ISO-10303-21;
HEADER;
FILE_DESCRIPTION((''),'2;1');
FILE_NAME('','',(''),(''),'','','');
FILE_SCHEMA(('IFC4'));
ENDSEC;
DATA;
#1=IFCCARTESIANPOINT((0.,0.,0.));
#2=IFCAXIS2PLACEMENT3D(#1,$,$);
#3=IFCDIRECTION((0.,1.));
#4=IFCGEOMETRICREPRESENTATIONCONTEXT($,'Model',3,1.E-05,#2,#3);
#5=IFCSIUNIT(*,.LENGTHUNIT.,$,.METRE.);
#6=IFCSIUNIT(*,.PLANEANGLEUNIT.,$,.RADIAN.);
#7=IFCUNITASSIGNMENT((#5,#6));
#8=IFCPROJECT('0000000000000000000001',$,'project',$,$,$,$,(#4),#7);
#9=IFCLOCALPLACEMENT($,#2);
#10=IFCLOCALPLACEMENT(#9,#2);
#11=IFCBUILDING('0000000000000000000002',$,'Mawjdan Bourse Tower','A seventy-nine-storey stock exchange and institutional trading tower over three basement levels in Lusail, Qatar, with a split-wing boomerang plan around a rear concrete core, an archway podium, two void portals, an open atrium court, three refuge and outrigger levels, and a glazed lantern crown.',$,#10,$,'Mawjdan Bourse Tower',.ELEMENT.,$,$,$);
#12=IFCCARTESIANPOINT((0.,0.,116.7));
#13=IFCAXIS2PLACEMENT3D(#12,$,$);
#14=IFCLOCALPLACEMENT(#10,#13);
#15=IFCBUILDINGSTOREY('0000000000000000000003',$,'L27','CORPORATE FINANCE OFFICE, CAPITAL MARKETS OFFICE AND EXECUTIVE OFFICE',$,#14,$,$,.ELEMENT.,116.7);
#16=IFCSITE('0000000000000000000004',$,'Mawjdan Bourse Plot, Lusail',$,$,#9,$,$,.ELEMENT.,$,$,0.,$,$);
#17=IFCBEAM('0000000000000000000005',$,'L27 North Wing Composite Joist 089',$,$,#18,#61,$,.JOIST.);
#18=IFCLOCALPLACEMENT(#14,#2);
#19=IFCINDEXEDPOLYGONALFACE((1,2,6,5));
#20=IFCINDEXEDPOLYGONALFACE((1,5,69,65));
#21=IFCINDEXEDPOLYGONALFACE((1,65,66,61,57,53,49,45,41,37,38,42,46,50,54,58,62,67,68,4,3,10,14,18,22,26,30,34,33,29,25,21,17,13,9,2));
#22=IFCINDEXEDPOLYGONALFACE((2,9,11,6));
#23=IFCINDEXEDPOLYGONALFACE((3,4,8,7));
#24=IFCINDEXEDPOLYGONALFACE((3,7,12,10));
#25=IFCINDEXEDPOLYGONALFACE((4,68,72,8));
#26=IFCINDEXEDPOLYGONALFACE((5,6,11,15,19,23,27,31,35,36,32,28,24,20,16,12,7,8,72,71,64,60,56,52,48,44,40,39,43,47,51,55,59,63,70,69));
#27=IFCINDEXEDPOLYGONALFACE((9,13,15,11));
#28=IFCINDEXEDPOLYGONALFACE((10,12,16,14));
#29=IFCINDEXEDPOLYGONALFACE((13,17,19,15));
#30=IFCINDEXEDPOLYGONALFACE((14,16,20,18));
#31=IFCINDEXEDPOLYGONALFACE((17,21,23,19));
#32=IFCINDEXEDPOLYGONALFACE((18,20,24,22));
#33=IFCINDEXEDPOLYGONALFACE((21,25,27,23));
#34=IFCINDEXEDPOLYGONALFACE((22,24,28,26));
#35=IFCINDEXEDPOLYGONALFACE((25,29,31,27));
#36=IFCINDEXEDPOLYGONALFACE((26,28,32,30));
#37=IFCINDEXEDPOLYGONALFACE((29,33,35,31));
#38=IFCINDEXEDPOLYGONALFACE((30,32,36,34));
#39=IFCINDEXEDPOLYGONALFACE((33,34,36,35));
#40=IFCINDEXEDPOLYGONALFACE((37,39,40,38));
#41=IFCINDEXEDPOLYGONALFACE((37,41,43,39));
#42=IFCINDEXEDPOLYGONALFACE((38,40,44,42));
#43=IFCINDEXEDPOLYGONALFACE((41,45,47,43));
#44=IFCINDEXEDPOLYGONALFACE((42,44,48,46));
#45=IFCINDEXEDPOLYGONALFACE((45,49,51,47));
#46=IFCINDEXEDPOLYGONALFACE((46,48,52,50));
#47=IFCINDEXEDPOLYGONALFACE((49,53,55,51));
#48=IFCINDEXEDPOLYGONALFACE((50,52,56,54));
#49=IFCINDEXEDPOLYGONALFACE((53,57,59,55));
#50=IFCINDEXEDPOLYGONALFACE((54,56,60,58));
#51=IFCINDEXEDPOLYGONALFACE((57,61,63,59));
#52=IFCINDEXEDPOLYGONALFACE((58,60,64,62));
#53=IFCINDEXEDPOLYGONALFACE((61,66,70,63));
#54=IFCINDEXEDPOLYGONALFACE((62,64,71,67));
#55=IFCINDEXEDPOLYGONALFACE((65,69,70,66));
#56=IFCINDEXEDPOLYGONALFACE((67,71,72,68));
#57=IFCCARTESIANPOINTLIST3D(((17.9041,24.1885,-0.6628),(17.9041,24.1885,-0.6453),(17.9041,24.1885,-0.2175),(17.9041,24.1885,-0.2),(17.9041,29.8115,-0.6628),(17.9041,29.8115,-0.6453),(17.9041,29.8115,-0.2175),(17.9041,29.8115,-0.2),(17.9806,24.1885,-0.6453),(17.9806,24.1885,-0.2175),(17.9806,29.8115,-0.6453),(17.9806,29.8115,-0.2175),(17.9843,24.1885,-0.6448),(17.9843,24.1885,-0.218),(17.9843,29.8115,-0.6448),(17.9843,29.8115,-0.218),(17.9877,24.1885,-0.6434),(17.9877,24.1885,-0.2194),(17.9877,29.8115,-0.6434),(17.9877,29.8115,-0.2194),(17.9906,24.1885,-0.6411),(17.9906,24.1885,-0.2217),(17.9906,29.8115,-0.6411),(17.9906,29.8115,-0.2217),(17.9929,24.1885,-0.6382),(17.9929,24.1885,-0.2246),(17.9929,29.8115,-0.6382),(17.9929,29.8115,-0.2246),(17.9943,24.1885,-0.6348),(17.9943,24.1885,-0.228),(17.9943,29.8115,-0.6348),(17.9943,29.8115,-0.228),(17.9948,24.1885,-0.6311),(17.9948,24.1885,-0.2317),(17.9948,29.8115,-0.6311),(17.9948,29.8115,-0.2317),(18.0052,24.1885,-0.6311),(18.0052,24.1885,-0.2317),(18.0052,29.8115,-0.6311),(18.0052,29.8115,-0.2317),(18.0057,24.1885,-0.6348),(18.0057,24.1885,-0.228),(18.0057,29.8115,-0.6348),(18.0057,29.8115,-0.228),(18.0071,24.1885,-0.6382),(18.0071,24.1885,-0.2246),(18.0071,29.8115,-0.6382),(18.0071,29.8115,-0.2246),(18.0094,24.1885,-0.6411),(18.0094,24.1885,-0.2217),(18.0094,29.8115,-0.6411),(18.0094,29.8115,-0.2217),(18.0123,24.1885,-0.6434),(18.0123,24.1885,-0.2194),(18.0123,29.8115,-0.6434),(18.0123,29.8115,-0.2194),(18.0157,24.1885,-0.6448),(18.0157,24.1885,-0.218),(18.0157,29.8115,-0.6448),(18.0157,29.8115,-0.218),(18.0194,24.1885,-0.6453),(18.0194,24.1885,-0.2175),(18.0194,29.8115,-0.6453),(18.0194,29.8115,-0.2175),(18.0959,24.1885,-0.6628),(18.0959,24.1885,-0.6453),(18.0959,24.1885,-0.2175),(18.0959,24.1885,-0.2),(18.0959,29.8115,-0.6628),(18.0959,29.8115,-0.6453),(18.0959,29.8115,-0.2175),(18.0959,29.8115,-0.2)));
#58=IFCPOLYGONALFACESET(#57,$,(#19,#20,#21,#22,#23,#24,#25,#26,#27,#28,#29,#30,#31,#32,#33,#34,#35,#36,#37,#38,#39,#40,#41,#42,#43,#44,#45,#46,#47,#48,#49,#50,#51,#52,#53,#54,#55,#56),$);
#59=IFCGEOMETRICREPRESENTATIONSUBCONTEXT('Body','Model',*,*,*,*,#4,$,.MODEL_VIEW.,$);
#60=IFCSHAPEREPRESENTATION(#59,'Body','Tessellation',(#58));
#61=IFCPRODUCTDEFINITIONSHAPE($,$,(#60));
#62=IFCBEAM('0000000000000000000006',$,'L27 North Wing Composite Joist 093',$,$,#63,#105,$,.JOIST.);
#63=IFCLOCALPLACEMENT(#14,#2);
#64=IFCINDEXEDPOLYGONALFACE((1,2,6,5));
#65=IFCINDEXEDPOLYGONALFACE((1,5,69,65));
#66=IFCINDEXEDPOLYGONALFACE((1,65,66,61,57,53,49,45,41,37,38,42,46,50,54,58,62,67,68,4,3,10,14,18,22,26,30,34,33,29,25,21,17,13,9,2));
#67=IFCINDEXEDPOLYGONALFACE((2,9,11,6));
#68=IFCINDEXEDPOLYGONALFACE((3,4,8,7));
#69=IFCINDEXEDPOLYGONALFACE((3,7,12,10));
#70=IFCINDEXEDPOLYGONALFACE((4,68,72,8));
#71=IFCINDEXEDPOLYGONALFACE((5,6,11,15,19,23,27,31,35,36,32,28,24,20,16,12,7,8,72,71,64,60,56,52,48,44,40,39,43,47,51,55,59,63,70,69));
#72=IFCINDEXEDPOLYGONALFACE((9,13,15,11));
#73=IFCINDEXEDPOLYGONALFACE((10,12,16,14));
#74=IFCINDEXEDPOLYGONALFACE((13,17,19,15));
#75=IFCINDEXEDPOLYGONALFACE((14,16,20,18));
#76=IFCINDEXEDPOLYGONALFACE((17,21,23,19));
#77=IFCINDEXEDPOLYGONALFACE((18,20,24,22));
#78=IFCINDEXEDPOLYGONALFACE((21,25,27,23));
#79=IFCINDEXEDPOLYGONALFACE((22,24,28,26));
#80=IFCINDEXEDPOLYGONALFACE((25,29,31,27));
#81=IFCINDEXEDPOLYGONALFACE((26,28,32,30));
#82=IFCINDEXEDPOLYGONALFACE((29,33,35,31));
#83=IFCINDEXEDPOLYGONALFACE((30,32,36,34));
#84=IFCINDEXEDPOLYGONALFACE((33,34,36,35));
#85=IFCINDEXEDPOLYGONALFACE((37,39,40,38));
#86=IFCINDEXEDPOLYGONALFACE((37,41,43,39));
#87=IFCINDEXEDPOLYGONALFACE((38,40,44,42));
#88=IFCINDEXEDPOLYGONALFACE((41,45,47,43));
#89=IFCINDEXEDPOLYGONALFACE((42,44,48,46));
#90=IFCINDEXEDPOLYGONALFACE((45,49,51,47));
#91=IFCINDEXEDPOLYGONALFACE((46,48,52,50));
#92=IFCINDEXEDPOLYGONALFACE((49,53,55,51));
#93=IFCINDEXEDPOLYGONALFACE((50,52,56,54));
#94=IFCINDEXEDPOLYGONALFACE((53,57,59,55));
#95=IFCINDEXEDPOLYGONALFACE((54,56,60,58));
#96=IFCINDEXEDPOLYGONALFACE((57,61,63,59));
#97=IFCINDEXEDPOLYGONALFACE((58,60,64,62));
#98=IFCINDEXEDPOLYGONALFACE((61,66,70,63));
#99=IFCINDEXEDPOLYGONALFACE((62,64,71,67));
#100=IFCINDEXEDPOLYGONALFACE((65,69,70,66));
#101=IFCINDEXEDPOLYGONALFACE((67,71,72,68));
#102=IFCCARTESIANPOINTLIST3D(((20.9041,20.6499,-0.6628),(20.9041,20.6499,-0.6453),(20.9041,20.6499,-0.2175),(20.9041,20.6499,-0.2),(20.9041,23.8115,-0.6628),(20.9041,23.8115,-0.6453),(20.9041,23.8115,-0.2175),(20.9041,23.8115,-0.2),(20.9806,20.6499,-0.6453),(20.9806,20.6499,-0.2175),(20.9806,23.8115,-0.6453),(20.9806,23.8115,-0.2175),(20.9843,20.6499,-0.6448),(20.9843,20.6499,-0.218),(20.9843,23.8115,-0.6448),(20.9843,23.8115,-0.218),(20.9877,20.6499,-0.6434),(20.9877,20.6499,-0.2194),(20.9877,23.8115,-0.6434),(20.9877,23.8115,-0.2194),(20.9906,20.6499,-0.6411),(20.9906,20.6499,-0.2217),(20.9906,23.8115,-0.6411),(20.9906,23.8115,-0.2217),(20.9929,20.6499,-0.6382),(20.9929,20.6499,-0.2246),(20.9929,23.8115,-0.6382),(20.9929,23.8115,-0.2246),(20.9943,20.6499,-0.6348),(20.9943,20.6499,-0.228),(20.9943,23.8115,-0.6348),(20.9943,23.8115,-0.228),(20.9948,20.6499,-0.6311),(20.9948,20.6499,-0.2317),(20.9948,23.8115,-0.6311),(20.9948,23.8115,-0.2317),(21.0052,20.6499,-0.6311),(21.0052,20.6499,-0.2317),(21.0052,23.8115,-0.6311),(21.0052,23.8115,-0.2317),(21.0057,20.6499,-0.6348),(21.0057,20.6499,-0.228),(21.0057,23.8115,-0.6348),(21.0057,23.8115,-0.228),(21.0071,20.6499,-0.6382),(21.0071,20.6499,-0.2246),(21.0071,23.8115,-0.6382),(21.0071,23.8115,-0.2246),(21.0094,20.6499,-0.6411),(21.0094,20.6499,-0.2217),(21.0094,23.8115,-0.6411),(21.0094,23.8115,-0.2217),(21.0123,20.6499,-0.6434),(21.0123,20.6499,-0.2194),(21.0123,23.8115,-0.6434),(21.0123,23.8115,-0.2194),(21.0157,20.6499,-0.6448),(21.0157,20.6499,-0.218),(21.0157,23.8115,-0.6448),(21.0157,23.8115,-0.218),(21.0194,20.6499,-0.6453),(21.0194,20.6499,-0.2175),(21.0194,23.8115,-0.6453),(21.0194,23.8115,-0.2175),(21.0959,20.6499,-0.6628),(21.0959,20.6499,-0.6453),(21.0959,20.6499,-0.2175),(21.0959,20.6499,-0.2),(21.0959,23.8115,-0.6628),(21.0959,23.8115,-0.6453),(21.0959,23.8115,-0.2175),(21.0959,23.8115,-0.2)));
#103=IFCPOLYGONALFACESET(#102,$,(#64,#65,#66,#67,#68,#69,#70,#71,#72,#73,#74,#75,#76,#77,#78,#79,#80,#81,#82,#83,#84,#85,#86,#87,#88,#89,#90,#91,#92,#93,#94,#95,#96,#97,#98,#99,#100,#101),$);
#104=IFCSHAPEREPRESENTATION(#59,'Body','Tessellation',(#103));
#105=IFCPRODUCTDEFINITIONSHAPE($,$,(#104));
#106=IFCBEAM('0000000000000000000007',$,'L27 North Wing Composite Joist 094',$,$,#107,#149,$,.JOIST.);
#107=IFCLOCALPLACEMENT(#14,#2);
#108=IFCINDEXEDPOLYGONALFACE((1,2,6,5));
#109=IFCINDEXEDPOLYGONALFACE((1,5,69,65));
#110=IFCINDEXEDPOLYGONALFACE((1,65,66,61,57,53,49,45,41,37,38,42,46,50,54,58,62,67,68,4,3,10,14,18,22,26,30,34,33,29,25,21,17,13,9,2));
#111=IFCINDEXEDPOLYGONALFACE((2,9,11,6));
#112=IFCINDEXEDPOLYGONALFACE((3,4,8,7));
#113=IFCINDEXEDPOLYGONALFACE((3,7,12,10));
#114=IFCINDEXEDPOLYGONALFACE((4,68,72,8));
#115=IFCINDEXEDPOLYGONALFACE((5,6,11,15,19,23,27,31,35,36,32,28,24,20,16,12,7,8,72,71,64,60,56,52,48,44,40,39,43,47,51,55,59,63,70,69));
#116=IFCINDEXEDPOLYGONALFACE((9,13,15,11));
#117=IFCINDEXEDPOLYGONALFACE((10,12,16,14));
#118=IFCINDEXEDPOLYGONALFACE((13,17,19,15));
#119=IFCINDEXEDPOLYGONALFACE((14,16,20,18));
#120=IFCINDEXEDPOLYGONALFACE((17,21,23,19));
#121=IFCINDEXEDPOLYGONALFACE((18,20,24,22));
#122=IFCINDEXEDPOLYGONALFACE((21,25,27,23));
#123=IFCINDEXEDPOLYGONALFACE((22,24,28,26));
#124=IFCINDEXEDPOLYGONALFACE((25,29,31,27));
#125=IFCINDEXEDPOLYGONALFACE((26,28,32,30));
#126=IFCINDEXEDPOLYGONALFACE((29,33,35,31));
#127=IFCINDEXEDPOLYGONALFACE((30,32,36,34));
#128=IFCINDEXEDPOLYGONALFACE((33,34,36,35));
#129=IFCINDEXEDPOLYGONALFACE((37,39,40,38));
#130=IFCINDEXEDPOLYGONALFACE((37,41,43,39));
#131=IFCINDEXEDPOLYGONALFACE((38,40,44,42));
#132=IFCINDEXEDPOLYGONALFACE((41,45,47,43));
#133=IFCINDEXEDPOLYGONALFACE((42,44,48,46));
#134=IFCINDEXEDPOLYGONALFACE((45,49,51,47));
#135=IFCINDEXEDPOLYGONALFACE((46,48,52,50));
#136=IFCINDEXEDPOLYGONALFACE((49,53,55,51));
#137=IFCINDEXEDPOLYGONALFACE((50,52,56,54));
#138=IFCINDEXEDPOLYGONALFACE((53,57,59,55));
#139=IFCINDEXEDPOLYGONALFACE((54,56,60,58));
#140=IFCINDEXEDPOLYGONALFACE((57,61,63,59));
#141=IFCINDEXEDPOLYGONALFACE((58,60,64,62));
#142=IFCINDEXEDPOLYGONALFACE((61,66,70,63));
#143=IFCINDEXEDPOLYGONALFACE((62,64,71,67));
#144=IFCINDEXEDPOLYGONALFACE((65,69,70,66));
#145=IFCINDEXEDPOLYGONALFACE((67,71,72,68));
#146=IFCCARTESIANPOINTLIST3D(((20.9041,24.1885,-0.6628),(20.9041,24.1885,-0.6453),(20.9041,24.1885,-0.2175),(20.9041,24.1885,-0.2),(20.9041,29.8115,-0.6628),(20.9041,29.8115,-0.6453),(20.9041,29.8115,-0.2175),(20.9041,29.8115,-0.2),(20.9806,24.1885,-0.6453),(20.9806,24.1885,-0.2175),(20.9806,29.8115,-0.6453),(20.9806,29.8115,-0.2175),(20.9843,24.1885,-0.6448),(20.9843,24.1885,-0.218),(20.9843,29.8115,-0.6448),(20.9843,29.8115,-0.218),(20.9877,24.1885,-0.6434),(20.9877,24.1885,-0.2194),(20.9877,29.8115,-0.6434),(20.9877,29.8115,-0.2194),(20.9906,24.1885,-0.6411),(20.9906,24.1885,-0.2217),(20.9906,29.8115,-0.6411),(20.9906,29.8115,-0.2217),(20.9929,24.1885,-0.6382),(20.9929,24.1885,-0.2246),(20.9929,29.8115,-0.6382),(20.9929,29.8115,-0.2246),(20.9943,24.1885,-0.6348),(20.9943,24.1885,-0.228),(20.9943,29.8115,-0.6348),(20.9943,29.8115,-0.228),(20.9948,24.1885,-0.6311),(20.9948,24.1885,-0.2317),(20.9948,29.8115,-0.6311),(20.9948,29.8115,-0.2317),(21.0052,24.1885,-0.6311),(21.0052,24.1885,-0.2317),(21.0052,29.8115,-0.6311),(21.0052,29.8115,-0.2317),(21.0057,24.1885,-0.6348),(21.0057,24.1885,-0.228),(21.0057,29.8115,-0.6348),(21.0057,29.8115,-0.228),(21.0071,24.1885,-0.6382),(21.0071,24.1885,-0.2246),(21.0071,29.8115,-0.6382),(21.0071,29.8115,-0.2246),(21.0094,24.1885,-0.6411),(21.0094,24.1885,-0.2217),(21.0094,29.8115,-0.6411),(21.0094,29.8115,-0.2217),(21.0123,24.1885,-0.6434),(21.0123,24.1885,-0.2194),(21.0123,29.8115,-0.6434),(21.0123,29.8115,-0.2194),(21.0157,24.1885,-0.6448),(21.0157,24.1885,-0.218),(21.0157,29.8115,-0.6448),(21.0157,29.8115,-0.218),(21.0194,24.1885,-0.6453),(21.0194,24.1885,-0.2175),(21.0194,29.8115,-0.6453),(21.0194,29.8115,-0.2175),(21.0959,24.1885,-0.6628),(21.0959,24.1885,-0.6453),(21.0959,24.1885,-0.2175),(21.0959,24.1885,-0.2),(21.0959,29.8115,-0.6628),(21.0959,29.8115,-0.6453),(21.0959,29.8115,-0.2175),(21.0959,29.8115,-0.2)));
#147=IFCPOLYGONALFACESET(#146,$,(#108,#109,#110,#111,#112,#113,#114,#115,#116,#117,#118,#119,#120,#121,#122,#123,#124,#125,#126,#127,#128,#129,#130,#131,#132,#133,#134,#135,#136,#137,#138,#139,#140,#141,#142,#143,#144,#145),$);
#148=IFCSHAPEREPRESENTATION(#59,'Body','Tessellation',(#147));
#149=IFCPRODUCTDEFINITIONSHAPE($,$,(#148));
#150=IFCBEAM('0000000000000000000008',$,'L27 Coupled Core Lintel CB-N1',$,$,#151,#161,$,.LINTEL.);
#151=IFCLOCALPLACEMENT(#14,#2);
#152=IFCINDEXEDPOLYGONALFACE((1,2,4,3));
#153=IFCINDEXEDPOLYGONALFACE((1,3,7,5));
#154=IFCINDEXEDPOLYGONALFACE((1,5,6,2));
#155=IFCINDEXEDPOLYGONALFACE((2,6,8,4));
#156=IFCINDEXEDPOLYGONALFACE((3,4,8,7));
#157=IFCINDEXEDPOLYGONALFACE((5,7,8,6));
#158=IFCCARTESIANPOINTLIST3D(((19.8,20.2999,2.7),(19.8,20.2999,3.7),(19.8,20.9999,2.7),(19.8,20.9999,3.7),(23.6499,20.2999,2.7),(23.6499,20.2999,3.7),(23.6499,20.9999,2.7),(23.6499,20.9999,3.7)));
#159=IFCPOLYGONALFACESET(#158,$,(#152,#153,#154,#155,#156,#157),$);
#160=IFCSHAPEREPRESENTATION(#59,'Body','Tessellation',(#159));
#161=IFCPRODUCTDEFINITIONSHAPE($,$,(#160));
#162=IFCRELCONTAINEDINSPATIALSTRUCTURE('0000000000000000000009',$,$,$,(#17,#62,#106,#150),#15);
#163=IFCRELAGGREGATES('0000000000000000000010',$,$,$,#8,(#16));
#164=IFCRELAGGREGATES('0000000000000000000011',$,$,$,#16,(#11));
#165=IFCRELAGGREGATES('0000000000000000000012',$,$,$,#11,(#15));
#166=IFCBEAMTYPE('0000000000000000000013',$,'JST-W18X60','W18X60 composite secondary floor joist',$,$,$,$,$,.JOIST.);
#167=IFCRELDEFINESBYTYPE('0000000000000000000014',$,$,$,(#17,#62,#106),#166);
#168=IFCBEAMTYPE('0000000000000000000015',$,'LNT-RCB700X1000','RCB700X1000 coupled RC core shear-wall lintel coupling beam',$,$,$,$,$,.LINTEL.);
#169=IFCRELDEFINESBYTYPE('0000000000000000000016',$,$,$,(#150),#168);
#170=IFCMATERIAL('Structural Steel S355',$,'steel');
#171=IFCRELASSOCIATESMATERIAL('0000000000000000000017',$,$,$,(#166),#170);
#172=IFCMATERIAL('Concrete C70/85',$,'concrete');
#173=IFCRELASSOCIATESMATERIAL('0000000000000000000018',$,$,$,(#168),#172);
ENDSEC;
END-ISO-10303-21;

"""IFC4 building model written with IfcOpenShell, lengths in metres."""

from ifc_helpers import new_model, si_unit, direction, frame, origin, origin_2d, place, context, subcontext, project, spatial, rectangle, i_section, extrude, material, material_profile, profile_set, type_object, element, save


model = new_model("IFC4")

# Units and contexts
model_context = context("Model", 3, precision=1e-05, world=origin(), true_north=direction((0.0, 1.0)))
body_context = subcontext(model_context, "Body", "Model", "MODEL_VIEW")
ifc_project = project(units=[si_unit("LENGTHUNIT", "METRE"), si_unit("PLANEANGLEUNIT", "RADIAN")], contexts=[model_context])

# Site, building, storey
site_placement = place(None, origin())
site = spatial("IfcSite", under=ifc_project, at=site_placement, Name="Mawjdan Bourse Plot, Lusail", CompositionType="ELEMENT", RefElevation=0.0)
building_placement = place(site_placement, origin())
building = spatial("IfcBuilding", under=site, at=building_placement, Name="Mawjdan Bourse Tower", Description="A seventy-nine-storey stock exchange and institutional trading tower over three basement levels in Lusail, Qatar, with a split-wing boomerang plan around a rear concrete core, an archway podium, two void portals, an open atrium court, three refuge and outrigger levels, and a glazed lantern crown.", LongName="Mawjdan Bourse Tower", CompositionType="ELEMENT")
storey_placement = place(building_placement, frame((0.0, 0.0, 116.7)))
storey = spatial("IfcBuildingStorey", under=building, at=storey_placement, Name="L27", Description="CORPORATE FINANCE OFFICE, CAPITAL MARKETS OFFICE AND EXECUTIVE OFFICE", CompositionType="ELEMENT", Elevation=116.7)

# Shared definitions
ifc_material_1 = material(Name="Concrete C70/85", Category="concrete")

# Beams
ifc_material_2 = material(Name="Structural Steel S355", Category="steel")
ifc_material_profile_1 = material_profile(ifc_material_2, i_section(OverallWidth=0.1919, OverallDepth=0.4629, WebThickness=0.0105, FlangeThickness=0.0176, FilletRadius=0.0142, at=origin_2d()), Name="W18X60")
ifc_profile_set_1 = profile_set([ifc_material_profile_1], Name="Structural Steel S355")
beam_type_1 = type_object("IfcBeamType", Name="JST-W18X60", Description="W18X60 composite secondary floor joist", PredefinedType="JOIST", material=ifc_profile_set_1)
beam_1_placement = place(storey_placement, frame((18.0, 24.1885, -0.4314), z_axis=(0.0, 1.0, 0.0), x_axis=(-1.0, 0.0, 0.0)))
element("IfcBeam", 1, at=beam_1_placement, inside=storey, type_object=beam_type_1, Name="L27 North Wing Composite Joist 089", PredefinedType="JOIST", context=body_context, shape_type="SweptSolid", body=[
    extrude(i_section(OverallWidth=0.1919, OverallDepth=0.4629, WebThickness=0.0105, FlangeThickness=0.0176, FilletRadius=0.0142, at=origin_2d()), origin(), (0.0, 0.0, 1.0), 5.623),
])
beam_2_placement = place(storey_placement, frame((21.0, 20.6499, -0.4314), z_axis=(0.0, 1.0, 0.0), x_axis=(-1.0, 0.0, 0.0)))
element("IfcBeam", 2, at=beam_2_placement, inside=storey, type_object=beam_type_1, Name="L27 North Wing Composite Joist 093", PredefinedType="JOIST", context=body_context, shape_type="SweptSolid", body=[
    extrude(i_section(OverallWidth=0.1919, OverallDepth=0.4629, WebThickness=0.0105, FlangeThickness=0.0176, FilletRadius=0.0142, at=origin_2d()), origin(), (0.0, 0.0, 1.0), 3.1616),
])
beam_3_placement = place(storey_placement, frame((21.0, 24.1885, -0.4314), z_axis=(0.0, 1.0, 0.0), x_axis=(-1.0, 0.0, 0.0)))
element("IfcBeam", 3, at=beam_3_placement, inside=storey, type_object=beam_type_1, Name="L27 North Wing Composite Joist 094", PredefinedType="JOIST", context=body_context, shape_type="SweptSolid", body=[
    extrude(i_section(OverallWidth=0.1919, OverallDepth=0.4629, WebThickness=0.0105, FlangeThickness=0.0176, FilletRadius=0.0142, at=origin_2d()), origin(), (0.0, 0.0, 1.0), 5.623),
])
ifc_material_profile_2 = material_profile(ifc_material_1, rectangle(XDim=0.7, YDim=1.0, at=origin_2d()), Name="RCB700X1000")
ifc_profile_set_2 = profile_set([ifc_material_profile_2], Name="Concrete C70/85")
beam_type_2 = type_object("IfcBeamType", Name="LNT-RCB700X1000", Description="RCB700X1000 coupled RC core shear-wall lintel coupling beam", PredefinedType="LINTEL", material=ifc_profile_set_2)
beam_4_placement = place(storey_placement, frame((19.8, 20.6499, 3.2), z_axis=(1.0, 0.0, 0.0), x_axis=(0.0, 1.0, 0.0)))
element("IfcBeam", 4, at=beam_4_placement, inside=storey, type_object=beam_type_2, Name="L27 Coupled Core Lintel CB-N1", PredefinedType="LINTEL", context=body_context, shape_type="SweptSolid", body=[
    extrude(rectangle(XDim=0.7, YDim=1.0, at=origin_2d()), origin(), (0.0, 0.0, 1.0), 3.8499),
])

save(model, "model.ifc")
